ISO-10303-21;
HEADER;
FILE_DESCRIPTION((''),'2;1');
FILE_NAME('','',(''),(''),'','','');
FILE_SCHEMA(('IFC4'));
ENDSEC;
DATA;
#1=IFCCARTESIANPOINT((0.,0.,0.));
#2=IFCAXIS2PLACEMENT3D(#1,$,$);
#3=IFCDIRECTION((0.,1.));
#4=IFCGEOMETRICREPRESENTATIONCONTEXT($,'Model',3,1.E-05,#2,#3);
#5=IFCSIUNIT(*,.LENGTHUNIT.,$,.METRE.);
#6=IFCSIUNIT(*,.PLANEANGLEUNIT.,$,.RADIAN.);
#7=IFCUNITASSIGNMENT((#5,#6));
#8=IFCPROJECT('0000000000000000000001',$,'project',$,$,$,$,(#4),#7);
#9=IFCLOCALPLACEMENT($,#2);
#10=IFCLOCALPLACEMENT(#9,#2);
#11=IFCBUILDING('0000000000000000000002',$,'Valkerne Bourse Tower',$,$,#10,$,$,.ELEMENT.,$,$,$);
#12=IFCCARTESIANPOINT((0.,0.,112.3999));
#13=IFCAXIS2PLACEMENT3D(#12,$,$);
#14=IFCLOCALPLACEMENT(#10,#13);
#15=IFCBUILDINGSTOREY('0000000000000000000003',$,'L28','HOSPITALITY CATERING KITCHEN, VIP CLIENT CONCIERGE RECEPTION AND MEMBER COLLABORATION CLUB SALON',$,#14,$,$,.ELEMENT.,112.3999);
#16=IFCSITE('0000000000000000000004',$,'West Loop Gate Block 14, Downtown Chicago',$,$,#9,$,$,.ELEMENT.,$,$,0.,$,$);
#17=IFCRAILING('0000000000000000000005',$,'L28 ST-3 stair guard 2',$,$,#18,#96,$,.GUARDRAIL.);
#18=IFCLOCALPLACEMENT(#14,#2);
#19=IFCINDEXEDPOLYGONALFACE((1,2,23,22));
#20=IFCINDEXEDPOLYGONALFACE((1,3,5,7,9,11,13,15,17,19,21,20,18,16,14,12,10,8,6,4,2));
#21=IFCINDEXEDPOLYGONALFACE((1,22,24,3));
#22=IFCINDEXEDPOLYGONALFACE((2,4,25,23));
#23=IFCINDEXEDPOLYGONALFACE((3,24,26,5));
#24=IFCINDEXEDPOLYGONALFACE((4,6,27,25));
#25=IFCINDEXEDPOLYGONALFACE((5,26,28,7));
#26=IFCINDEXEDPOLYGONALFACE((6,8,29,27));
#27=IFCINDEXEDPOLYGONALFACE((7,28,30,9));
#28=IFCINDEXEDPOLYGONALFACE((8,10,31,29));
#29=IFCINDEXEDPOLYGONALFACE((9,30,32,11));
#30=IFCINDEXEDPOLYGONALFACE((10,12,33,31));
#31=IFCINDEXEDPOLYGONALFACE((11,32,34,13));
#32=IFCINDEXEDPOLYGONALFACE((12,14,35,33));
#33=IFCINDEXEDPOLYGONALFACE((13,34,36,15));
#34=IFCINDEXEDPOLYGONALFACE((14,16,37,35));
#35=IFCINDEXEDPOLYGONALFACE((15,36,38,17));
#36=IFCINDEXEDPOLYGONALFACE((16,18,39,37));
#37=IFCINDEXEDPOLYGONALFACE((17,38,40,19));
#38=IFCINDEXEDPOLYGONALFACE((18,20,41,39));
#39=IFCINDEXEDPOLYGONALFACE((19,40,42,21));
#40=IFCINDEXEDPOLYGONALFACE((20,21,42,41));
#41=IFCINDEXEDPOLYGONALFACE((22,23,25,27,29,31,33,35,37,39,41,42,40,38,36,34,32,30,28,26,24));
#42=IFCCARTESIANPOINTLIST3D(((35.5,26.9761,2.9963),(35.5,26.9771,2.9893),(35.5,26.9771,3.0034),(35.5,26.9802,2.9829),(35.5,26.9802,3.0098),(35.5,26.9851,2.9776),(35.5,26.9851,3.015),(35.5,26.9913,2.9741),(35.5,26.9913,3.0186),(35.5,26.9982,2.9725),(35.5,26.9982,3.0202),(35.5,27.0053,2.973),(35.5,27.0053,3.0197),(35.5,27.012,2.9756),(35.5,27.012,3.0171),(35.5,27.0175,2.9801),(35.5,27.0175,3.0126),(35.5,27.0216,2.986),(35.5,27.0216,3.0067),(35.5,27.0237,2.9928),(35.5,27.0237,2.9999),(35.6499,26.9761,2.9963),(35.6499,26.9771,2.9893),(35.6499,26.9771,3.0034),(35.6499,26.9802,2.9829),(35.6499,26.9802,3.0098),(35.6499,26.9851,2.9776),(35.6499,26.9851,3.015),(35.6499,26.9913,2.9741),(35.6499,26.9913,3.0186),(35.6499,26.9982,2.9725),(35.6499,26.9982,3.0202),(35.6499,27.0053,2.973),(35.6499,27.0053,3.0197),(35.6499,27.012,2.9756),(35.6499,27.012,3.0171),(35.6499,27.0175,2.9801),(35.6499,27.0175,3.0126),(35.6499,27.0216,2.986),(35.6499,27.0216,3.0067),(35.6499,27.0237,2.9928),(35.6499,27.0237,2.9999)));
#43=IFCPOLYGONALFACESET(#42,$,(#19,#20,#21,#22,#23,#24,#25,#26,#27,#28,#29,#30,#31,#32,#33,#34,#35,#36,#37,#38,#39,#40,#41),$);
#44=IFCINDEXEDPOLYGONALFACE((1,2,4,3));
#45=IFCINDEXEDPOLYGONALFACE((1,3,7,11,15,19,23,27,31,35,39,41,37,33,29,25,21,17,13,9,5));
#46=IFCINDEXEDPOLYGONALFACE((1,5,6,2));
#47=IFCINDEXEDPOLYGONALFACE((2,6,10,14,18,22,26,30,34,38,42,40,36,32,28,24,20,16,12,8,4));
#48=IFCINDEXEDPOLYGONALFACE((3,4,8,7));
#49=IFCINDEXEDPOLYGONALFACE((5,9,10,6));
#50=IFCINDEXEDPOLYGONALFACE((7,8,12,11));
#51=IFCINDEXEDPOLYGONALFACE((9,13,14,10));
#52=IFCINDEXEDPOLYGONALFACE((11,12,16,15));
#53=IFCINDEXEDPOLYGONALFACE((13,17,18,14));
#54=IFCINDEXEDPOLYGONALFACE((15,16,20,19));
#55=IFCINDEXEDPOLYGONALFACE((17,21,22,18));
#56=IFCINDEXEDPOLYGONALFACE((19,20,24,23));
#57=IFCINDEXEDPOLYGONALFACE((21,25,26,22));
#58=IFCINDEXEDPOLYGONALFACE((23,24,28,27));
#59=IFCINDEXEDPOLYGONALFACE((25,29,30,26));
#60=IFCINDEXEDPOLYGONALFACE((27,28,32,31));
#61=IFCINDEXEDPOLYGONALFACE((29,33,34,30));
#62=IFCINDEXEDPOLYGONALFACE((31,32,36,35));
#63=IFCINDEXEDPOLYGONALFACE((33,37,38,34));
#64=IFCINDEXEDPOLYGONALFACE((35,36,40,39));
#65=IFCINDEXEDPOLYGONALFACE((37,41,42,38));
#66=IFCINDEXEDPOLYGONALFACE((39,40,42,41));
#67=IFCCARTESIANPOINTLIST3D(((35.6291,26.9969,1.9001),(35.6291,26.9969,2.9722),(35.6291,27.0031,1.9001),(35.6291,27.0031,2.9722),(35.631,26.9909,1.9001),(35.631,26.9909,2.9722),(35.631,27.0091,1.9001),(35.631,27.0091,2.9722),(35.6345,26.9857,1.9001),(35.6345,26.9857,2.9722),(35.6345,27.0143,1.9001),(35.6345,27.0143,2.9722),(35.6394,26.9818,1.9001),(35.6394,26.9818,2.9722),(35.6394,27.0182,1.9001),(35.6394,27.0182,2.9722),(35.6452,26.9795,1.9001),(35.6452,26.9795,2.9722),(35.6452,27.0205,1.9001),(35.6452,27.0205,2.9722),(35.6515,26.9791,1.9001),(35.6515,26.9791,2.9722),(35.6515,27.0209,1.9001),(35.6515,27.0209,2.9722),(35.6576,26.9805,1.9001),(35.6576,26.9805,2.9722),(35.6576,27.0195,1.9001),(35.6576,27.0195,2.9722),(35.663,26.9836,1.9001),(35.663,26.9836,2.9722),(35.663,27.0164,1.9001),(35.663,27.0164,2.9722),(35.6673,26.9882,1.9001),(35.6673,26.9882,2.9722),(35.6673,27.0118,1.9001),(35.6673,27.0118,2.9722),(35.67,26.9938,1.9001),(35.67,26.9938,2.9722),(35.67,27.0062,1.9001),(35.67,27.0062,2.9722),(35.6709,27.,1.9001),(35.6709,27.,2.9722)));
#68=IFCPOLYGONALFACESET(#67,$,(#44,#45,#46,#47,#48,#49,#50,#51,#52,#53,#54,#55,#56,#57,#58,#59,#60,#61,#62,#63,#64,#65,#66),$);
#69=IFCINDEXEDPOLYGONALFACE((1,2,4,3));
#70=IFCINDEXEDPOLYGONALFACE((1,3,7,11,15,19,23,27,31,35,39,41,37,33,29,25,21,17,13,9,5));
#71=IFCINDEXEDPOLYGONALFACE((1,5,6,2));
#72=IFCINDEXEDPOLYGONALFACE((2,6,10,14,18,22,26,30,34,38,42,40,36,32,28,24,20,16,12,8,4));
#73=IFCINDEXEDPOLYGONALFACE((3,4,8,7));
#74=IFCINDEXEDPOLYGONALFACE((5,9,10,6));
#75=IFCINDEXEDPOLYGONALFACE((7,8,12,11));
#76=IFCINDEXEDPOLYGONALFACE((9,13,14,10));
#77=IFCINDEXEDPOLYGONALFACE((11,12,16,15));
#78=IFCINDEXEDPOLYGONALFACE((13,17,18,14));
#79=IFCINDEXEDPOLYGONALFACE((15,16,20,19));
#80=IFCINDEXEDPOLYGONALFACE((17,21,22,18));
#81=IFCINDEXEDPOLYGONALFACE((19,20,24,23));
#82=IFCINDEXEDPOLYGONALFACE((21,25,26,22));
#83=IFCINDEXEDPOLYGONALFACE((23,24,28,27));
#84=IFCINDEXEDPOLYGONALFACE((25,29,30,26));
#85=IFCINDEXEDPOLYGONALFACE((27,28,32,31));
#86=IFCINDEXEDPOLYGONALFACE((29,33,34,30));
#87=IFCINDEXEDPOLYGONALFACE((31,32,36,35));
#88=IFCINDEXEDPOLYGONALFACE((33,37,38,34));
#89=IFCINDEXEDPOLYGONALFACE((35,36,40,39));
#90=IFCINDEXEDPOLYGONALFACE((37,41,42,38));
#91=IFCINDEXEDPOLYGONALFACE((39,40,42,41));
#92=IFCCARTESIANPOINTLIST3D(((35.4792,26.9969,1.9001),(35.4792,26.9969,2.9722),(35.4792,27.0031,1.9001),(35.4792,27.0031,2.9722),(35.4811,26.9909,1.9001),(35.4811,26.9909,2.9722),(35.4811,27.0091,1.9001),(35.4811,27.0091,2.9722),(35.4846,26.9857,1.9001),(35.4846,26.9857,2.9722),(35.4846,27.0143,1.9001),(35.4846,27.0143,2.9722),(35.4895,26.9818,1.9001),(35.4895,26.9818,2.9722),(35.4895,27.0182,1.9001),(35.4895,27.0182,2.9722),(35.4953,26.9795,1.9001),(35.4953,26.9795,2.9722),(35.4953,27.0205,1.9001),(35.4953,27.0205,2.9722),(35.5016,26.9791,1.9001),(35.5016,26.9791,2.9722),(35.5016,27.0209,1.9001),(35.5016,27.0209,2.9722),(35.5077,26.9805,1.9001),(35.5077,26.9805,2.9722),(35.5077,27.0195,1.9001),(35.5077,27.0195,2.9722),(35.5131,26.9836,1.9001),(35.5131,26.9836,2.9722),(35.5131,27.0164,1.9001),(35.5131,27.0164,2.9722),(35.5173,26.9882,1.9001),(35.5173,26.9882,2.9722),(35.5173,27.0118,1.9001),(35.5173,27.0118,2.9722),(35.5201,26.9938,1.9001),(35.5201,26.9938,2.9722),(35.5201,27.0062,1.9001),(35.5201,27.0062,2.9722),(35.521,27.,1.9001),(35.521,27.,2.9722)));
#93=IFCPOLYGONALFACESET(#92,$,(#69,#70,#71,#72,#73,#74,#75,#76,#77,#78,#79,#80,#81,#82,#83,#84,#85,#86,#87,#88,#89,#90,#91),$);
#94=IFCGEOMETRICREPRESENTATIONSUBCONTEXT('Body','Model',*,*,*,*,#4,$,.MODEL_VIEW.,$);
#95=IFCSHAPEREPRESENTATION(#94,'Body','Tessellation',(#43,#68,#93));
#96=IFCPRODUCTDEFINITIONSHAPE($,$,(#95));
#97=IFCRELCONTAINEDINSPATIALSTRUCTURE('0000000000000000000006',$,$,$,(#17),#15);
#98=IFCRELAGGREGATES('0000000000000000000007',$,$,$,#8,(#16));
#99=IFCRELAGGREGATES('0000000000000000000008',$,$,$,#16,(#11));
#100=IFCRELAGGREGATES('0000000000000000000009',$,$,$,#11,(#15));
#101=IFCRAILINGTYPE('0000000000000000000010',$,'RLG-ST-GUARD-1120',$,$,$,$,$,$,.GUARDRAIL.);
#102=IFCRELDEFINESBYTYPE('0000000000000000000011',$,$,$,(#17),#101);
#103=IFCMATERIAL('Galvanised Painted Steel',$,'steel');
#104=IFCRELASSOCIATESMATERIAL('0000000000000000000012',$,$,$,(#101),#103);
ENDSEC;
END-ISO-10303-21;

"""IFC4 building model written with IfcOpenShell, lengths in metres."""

from ifc_helpers import new_model, si_unit, direction, frame, origin, origin_2d, place, context, subcontext, project, spatial, circle, extrude, material, type_object, element, save


model = new_model("IFC4")

# Units and contexts
model_context = context("Model", 3, precision=1e-05, world=origin(), true_north=direction((0.0, 1.0)))
body_context = subcontext(model_context, "Body", "Model", "MODEL_VIEW")
ifc_project = project(units=[si_unit("LENGTHUNIT", "METRE"), si_unit("PLANEANGLEUNIT", "RADIAN")], contexts=[model_context])

# Site, building, storey
site_placement = place(None, origin())
site = spatial("IfcSite", under=ifc_project, at=site_placement, Name="West Loop Gate Block 14, Downtown Chicago", CompositionType="ELEMENT", RefElevation=0.0)
building_placement = place(site_placement, origin())
building = spatial("IfcBuilding", under=site, at=building_placement, Name="Valkerne Bourse Tower", CompositionType="ELEMENT")
storey_placement = place(building_placement, frame((0.0, 0.0, 112.3999)))
storey = spatial("IfcBuildingStorey", under=building, at=storey_placement, Name="L28", Description="HOSPITALITY CATERING KITCHEN, VIP CLIENT CONCIERGE RECEPTION AND MEMBER COLLABORATION CLUB SALON", CompositionType="ELEMENT", Elevation=112.3999)

# Railing
ifc_material_1 = material(Name="Galvanised Painted Steel", Category="steel")
railing_type_1 = type_object("IfcRailingType", Name="RLG-ST-GUARD-1120", PredefinedType="GUARDRAIL", material=ifc_material_1)
railing_1_placement = place(storey_placement, frame((35.6499, 27.0, 1.9001)))
element("IfcRailing", 1, at=railing_1_placement, inside=storey, type_object=railing_type_1, Name="L28 ST-3 stair guard 2", PredefinedType="GUARDRAIL", context=body_context, shape_type="SweptSolid", body=[
    extrude(circle(Radius=0.0239, at=origin_2d()), frame((0.0, 0.0, 1.0962), z_axis=(-1.0, 0.0, 0.0), x_axis=(0.0, -1.0, 0.0)), (0.0, 0.0, 1.0), 0.1499),
    extrude(circle(Radius=0.021, at=origin_2d()), origin(), (0.0, 0.0, 1.0), 1.072),
    extrude(circle(Radius=0.021, at=origin_2d()), frame((-0.1499, 0.0, 0.0)), (0.0, 0.0, 1.0), 1.072),
])

save(model, "model.ifc")
